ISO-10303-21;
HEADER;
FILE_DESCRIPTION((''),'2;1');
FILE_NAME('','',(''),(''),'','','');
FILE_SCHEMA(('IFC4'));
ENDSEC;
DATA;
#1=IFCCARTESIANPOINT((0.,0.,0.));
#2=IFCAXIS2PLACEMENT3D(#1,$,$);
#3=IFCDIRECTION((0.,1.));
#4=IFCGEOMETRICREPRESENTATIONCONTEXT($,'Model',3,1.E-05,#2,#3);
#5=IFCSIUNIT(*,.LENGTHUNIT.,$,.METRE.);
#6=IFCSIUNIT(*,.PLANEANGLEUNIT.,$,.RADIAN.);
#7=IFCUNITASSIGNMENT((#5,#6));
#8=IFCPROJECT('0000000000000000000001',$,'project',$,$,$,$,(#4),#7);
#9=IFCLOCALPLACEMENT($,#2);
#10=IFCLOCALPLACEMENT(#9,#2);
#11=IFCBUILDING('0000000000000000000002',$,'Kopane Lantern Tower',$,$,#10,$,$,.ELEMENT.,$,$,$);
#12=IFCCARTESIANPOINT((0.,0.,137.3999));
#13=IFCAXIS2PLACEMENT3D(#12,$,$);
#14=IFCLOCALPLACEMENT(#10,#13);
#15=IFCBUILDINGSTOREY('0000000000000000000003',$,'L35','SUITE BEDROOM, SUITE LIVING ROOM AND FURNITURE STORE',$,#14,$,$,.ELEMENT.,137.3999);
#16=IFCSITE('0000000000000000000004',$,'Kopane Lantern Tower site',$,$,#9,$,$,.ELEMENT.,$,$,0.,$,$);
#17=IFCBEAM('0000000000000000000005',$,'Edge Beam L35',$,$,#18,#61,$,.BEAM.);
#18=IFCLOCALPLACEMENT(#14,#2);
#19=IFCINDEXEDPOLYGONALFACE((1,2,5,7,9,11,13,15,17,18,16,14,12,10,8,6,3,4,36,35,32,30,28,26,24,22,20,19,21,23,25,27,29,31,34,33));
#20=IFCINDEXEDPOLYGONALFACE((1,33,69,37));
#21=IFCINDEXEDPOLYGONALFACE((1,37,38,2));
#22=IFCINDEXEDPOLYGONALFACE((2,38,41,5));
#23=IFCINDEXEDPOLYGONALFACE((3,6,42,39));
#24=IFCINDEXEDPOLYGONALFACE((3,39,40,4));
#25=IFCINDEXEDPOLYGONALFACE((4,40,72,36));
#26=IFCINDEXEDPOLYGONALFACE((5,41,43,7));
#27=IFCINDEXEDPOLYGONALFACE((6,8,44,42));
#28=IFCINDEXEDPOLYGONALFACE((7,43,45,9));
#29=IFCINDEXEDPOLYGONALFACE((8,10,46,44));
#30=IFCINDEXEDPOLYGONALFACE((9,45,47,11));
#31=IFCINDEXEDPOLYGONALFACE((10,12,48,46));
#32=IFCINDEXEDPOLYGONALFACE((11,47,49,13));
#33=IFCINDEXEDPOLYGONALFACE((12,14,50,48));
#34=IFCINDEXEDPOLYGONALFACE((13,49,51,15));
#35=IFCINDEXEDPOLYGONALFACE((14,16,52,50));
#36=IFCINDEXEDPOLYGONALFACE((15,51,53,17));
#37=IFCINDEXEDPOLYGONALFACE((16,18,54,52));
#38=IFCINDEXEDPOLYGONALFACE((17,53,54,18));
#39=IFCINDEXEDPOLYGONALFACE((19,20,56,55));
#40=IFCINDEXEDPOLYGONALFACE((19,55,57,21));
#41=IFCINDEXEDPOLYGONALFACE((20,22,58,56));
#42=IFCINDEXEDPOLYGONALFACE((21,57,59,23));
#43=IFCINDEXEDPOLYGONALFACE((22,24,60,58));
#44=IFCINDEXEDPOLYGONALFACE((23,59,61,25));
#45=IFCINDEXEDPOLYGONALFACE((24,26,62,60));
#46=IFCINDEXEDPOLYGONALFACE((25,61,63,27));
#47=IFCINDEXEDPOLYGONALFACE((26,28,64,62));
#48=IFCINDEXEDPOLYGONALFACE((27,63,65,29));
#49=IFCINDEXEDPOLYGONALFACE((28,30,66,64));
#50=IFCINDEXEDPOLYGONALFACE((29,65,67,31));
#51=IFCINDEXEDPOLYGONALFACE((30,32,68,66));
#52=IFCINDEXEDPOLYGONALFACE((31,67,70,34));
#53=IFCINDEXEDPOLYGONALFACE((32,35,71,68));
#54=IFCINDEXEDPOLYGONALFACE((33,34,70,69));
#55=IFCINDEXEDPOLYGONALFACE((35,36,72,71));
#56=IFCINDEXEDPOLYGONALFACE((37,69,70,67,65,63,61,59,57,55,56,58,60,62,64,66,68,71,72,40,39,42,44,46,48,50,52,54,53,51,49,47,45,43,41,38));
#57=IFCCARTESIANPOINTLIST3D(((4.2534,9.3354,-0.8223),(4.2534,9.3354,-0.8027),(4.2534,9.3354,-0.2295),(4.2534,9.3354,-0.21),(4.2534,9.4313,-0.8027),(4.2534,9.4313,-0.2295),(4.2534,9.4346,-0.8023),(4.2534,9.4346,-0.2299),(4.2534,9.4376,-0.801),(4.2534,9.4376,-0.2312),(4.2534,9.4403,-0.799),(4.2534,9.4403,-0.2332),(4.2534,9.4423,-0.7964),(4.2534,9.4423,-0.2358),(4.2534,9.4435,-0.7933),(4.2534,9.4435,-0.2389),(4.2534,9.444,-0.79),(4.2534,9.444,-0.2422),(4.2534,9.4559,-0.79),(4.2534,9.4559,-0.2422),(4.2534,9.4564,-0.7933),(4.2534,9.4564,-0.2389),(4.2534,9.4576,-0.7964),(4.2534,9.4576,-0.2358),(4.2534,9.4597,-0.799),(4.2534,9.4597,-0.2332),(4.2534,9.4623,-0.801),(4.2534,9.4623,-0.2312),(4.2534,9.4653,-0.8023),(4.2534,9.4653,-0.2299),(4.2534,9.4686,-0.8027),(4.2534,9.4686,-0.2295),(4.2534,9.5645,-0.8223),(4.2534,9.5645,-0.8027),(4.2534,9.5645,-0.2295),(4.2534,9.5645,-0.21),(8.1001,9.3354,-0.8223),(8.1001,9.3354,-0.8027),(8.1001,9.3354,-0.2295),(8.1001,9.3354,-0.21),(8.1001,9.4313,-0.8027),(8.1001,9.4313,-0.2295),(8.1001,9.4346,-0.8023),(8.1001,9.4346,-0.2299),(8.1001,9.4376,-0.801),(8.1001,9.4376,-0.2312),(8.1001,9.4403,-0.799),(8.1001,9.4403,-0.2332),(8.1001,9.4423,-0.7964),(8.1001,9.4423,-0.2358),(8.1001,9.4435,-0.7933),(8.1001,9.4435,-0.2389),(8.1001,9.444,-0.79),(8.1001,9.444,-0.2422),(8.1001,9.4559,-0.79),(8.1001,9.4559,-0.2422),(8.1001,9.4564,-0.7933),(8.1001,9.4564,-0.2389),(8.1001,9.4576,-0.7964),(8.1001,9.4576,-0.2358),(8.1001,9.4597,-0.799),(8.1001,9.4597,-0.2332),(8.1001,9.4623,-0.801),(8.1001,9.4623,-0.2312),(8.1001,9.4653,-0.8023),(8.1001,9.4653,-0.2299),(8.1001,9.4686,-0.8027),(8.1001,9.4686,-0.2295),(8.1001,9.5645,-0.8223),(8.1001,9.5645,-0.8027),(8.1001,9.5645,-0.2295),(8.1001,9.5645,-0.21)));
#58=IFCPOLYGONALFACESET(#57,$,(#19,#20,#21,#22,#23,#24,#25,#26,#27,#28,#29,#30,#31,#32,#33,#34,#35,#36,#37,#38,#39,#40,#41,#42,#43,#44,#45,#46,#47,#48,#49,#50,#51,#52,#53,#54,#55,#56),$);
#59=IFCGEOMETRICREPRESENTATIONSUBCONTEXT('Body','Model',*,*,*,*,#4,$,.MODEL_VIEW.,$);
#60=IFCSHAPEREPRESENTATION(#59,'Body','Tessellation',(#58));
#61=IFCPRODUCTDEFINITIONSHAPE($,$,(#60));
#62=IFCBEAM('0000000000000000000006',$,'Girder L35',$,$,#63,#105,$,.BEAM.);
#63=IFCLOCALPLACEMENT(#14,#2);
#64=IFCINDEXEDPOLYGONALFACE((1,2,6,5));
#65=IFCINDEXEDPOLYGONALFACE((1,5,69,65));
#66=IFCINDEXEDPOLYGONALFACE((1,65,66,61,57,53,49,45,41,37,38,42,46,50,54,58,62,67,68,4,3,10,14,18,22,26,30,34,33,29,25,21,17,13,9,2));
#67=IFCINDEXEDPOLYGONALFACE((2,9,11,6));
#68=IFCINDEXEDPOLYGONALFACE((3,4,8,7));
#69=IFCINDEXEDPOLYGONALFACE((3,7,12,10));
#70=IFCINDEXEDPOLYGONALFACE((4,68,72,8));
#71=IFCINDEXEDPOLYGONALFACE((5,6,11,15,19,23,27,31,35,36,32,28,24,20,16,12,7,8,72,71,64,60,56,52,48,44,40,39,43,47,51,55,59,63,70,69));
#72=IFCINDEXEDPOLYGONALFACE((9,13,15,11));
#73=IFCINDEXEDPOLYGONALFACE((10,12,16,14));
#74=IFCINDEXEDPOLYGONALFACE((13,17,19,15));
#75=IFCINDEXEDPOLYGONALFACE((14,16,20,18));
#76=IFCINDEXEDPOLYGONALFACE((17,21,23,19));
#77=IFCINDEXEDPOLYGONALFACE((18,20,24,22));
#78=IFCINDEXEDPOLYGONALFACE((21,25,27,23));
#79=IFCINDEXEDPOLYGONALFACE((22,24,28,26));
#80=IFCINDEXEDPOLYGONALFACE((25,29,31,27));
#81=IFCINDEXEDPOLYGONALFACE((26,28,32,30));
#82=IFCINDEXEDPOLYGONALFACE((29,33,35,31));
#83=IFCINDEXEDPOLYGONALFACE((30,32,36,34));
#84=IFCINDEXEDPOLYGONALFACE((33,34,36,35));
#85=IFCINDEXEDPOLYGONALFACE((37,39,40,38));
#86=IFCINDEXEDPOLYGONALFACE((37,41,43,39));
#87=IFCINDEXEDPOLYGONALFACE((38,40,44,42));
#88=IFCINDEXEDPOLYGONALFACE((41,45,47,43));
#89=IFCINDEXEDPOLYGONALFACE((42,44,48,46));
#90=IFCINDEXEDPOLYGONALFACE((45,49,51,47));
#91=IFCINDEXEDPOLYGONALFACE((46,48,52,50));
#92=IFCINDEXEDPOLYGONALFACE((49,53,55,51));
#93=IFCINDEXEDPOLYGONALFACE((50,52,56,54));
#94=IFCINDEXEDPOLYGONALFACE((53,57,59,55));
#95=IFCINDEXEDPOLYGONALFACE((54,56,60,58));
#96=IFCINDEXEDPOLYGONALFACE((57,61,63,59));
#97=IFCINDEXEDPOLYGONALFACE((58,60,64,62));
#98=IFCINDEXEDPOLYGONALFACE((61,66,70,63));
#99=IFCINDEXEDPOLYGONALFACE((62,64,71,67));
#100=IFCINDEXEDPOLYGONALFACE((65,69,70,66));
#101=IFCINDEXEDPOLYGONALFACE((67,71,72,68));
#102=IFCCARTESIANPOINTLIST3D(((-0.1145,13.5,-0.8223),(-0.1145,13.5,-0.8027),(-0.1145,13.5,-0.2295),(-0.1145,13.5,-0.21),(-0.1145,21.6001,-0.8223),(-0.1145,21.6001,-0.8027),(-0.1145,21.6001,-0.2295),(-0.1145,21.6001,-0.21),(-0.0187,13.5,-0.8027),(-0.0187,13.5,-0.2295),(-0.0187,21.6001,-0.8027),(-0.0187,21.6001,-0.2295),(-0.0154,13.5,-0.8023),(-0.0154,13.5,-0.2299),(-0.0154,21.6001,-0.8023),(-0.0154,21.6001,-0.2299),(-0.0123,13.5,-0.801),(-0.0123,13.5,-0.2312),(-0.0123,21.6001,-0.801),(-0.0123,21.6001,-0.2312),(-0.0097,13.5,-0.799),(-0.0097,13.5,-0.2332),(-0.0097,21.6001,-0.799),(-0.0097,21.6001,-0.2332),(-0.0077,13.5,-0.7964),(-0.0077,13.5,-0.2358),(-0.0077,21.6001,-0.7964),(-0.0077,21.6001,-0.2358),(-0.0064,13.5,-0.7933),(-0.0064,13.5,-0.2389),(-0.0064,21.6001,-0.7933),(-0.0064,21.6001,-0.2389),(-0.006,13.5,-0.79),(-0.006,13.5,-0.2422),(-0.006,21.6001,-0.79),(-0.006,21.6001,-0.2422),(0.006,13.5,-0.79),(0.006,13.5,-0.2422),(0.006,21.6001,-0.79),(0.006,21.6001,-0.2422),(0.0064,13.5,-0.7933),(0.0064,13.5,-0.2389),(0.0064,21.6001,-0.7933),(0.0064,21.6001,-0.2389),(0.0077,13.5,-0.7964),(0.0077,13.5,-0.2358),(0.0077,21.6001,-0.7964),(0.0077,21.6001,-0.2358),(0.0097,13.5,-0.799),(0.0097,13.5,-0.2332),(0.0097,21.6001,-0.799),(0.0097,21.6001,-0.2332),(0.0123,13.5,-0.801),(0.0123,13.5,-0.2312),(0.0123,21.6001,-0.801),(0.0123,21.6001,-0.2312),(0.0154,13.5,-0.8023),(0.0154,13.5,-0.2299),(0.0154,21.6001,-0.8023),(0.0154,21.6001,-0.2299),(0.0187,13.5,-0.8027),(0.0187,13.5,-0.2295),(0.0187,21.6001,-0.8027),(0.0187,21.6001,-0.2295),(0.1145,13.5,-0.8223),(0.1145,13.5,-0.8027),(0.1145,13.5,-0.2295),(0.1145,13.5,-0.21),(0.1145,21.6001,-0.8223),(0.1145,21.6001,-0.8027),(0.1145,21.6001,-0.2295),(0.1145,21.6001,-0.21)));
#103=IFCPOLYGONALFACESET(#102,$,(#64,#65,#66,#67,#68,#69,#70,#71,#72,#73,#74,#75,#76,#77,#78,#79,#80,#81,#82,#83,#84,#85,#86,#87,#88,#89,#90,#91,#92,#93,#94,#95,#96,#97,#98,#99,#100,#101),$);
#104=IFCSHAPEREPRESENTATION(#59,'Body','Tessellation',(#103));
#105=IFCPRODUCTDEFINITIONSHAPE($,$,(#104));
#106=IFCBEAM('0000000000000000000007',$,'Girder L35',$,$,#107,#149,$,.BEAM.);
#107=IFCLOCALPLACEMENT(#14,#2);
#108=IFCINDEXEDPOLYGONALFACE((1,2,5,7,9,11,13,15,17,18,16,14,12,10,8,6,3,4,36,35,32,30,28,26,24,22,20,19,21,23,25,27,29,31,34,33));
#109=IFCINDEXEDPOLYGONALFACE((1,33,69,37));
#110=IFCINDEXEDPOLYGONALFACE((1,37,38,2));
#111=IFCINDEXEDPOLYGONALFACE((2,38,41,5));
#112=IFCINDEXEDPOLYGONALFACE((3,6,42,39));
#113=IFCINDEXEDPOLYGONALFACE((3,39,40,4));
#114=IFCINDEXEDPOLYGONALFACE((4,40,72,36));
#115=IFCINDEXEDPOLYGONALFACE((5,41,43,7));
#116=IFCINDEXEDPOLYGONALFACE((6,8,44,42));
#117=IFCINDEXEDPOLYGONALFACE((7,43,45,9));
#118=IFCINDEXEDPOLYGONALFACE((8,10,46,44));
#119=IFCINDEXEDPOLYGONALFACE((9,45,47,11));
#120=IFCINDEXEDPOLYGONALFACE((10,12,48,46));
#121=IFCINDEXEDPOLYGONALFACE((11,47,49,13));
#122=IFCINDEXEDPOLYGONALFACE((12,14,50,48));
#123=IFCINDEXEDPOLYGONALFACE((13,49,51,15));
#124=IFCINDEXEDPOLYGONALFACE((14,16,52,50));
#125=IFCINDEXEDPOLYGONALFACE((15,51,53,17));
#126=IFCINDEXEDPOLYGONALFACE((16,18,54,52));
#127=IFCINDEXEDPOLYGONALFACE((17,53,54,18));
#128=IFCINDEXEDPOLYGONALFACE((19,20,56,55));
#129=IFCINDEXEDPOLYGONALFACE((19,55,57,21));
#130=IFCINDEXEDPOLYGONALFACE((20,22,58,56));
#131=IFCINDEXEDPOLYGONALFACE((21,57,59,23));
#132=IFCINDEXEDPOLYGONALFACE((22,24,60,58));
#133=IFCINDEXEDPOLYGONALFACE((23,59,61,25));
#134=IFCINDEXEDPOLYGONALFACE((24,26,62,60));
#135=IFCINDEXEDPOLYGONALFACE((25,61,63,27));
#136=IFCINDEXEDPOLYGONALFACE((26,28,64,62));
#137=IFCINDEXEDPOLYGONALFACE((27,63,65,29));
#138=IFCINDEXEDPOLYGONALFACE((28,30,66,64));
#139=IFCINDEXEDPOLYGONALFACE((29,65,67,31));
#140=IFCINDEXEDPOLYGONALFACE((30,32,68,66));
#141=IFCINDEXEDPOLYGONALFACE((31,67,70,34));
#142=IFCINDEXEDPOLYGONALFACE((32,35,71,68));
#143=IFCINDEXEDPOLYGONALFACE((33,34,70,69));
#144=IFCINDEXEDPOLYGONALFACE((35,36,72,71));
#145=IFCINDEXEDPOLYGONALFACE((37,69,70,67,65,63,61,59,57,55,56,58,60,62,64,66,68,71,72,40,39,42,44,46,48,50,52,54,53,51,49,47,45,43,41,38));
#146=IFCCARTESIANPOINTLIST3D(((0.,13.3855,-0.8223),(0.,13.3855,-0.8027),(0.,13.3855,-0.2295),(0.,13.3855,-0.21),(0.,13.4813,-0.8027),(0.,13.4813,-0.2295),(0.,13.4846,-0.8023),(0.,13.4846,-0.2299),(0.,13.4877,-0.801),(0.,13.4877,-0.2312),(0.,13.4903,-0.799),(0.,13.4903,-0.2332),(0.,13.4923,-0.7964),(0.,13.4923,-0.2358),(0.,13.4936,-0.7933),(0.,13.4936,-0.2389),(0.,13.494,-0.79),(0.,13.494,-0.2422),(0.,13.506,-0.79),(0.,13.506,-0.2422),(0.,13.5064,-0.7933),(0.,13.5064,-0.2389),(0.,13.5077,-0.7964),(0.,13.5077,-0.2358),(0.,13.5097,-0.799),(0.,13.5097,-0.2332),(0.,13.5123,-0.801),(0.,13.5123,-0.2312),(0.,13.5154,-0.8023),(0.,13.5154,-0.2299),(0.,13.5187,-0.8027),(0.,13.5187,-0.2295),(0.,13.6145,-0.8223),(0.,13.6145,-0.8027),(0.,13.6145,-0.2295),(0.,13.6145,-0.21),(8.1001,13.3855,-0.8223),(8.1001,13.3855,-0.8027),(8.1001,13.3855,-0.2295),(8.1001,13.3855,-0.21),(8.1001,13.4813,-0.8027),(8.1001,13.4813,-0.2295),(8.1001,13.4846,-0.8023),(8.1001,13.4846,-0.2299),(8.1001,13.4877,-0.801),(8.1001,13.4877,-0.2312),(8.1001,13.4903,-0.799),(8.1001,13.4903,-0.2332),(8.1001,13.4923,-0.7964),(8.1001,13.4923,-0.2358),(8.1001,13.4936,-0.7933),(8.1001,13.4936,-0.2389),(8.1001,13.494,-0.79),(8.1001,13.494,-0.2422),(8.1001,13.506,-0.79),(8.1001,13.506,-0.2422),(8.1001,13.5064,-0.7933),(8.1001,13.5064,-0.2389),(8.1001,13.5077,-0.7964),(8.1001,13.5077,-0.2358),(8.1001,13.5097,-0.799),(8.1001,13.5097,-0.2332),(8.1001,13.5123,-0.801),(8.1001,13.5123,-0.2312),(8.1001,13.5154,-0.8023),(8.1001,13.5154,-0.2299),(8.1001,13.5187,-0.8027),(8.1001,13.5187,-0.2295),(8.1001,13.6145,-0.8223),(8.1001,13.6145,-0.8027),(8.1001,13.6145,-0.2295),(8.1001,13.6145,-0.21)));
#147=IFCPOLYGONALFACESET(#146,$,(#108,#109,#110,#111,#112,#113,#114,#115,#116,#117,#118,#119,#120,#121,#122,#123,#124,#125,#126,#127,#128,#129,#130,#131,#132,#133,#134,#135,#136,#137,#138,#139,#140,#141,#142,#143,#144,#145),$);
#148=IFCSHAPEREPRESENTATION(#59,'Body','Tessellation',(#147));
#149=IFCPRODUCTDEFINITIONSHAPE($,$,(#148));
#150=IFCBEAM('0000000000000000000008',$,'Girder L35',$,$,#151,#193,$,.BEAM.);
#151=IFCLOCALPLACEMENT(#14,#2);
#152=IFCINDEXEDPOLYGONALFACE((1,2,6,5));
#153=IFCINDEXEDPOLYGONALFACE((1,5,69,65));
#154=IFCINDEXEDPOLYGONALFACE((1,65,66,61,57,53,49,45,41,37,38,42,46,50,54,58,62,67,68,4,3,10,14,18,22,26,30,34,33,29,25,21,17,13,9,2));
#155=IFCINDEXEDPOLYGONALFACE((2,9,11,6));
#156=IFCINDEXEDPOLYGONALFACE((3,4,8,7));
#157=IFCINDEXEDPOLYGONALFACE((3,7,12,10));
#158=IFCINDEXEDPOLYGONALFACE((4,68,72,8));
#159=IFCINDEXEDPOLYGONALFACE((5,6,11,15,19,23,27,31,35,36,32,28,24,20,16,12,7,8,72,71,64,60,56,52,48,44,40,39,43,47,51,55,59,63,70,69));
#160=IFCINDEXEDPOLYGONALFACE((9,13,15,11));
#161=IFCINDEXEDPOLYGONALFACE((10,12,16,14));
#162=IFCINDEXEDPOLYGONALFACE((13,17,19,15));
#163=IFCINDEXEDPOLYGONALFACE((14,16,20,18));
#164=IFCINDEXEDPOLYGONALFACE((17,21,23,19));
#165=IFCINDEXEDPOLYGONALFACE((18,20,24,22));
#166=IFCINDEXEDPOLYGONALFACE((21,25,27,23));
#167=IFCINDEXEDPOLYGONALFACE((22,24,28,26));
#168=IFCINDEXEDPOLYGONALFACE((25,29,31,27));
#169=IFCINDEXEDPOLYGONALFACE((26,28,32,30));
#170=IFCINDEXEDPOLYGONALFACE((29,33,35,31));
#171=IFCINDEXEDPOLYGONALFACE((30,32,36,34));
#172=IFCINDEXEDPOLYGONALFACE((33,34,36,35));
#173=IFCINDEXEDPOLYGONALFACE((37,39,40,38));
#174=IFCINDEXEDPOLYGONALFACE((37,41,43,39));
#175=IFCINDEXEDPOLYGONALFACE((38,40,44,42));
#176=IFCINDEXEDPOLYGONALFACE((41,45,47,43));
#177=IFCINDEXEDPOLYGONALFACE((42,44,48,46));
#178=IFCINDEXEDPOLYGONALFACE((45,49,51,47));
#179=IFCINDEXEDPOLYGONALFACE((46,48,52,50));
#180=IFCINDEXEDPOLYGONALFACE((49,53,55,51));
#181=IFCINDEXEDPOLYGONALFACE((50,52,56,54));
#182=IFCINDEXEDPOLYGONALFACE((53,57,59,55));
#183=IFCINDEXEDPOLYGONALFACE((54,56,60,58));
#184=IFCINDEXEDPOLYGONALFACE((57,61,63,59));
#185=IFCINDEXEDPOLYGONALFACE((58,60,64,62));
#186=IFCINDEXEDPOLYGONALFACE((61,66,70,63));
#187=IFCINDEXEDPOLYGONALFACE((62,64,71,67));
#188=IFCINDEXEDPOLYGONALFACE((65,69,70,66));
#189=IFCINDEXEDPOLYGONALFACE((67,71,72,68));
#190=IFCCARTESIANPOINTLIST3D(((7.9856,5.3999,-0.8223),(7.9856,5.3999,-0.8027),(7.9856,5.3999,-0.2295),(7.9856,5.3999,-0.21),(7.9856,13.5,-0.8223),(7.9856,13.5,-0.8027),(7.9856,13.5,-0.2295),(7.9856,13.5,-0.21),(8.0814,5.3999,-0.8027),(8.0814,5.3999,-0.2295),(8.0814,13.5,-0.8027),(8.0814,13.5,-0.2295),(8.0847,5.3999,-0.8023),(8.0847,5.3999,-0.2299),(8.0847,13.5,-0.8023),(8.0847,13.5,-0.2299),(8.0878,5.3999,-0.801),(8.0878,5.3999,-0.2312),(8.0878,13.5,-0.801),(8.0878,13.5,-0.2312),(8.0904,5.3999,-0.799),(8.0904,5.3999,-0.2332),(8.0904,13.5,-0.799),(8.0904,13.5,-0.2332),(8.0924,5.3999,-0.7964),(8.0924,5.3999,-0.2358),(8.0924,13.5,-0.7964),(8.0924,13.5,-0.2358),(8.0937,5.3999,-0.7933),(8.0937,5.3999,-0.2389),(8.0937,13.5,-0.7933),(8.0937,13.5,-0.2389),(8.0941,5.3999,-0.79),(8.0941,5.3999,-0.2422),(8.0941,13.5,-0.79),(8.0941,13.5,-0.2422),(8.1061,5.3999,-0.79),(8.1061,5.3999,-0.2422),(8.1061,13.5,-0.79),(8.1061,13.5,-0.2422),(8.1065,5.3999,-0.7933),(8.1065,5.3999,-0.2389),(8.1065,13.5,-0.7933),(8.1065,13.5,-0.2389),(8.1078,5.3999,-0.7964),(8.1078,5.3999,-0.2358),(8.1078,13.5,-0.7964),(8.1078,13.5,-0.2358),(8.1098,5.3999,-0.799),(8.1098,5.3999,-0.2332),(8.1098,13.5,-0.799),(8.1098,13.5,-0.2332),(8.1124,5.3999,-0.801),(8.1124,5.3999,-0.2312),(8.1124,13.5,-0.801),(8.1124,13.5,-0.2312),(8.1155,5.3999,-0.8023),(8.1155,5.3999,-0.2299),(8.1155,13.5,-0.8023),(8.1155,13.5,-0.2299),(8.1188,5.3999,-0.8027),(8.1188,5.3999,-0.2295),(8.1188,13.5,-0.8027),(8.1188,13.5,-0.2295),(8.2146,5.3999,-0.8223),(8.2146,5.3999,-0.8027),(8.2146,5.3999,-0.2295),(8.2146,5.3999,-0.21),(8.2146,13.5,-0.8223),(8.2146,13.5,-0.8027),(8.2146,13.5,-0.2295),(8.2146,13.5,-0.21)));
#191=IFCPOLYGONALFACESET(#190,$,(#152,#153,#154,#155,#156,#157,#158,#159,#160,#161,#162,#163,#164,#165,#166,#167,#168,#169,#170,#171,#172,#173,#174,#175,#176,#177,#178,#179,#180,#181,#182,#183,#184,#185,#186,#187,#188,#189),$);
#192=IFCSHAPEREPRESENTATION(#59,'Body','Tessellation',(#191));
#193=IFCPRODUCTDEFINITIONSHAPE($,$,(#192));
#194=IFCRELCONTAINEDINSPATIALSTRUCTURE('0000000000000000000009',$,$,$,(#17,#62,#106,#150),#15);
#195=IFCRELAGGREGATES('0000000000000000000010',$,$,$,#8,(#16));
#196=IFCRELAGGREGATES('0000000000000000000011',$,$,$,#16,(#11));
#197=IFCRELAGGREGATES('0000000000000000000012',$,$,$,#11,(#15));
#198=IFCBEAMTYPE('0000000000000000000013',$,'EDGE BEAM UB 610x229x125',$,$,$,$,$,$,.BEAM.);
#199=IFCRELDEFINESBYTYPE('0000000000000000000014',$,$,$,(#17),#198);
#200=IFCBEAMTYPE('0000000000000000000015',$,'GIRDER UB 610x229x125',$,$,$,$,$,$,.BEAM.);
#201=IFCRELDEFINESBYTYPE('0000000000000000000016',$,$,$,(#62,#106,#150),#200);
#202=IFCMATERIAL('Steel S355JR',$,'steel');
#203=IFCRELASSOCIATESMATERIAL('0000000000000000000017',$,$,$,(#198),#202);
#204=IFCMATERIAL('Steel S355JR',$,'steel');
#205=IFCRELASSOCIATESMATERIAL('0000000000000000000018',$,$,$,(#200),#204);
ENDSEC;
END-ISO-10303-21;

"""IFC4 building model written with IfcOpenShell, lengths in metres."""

from ifc_helpers import new_model, si_unit, direction, frame, origin, origin_2d, place, context, subcontext, project, spatial, i_section, extrude, material, material_profile, profile_set, type_object, element, save


model = new_model("IFC4")

# Units and contexts
model_context = context("Model", 3, precision=1e-05, world=origin(), true_north=direction((0.0, 1.0)))
body_context = subcontext(model_context, "Body", "Model", "MODEL_VIEW")
ifc_project = project(units=[si_unit("LENGTHUNIT", "METRE"), si_unit("PLANEANGLEUNIT", "RADIAN")], contexts=[model_context])

# Site, building, storey
site_placement = place(None, origin())
site = spatial("IfcSite", under=ifc_project, at=site_placement, Name="Kopane Lantern Tower site", CompositionType="ELEMENT", RefElevation=0.0)
building_placement = place(site_placement, origin())
building = spatial("IfcBuilding", under=site, at=building_placement, Name="Kopane Lantern Tower", CompositionType="ELEMENT")
storey_placement = place(building_placement, frame((0.0, 0.0, 137.3999)))
storey = spatial("IfcBuildingStorey", under=building, at=storey_placement, Name="L35", Description="SUITE BEDROOM, SUITE LIVING ROOM AND FURNITURE STORE", CompositionType="ELEMENT", Elevation=137.3999)

# Beams
ifc_material_1 = material(Name="Steel S355JR", Category="steel")
ifc_material_profile_1 = material_profile(ifc_material_1, i_section(OverallWidth=0.229, OverallDepth=0.6123, WebThickness=0.012, FlangeThickness=0.0195, FilletRadius=0.0127, at=origin_2d()), Name="UB 610x229x125")
ifc_profile_set_1 = profile_set([ifc_material_profile_1], Name="Steel S355JR")
beam_type_1 = type_object("IfcBeamType", Name="EDGE BEAM UB 610x229x125", PredefinedType="BEAM", material=ifc_profile_set_1)
beam_1_placement = place(storey_placement, frame((4.2534, 9.45, -0.5161), z_axis=(1.0, 0.0, 0.0), x_axis=(0.0, 1.0, 0.0)))
element("IfcBeam", 1, at=beam_1_placement, inside=storey, type_object=beam_type_1, Name="Edge Beam L35", PredefinedType="BEAM", context=body_context, shape_type="SweptSolid", body=[
    extrude(i_section(OverallWidth=0.229, OverallDepth=0.6123, WebThickness=0.012, FlangeThickness=0.0195, FilletRadius=0.0127, at=origin_2d()), origin(), (0.0, 0.0, 1.0), 3.8467),
])
ifc_material_2 = material(Name="Steel S355JR", Category="steel")
ifc_material_profile_2 = material_profile(ifc_material_2, i_section(OverallWidth=0.229, OverallDepth=0.6123, WebThickness=0.012, FlangeThickness=0.0195, FilletRadius=0.0127, at=origin_2d()), Name="UB 610x229x125")
ifc_profile_set_2 = profile_set([ifc_material_profile_2], Name="Steel S355JR")
beam_type_2 = type_object("IfcBeamType", Name="GIRDER UB 610x229x125", PredefinedType="BEAM", material=ifc_profile_set_2)
for number, where, z_axis, x_axis, name in (
    (2, (0.0, 13.5, -0.5161), (0.0, 1.0, 0.0), (-1.0, 0.0, 0.0), "Girder L35"),
    (3, (0.0, 13.5, -0.5161), (1.0, 0.0, 0.0), (0.0, 1.0, 0.0), "Girder L35"),
    (4, (8.1001, 5.3999, -0.5161), (0.0, 1.0, 0.0), (-1.0, 0.0, 0.0), "Girder L35"),
):
    element("IfcBeam", number, at=place(storey_placement, frame(where, z_axis=z_axis, x_axis=x_axis)), inside=storey, type_object=beam_type_2, Name=name, PredefinedType="BEAM", context=body_context, shape_type="SweptSolid", body=[
        extrude(i_section(OverallWidth=0.229, OverallDepth=0.6123, WebThickness=0.012, FlangeThickness=0.0195, FilletRadius=0.0127, at=origin_2d()), origin(), (0.0, 0.0, 1.0), 8.1001),
    ])

save(model, "model.ifc")
